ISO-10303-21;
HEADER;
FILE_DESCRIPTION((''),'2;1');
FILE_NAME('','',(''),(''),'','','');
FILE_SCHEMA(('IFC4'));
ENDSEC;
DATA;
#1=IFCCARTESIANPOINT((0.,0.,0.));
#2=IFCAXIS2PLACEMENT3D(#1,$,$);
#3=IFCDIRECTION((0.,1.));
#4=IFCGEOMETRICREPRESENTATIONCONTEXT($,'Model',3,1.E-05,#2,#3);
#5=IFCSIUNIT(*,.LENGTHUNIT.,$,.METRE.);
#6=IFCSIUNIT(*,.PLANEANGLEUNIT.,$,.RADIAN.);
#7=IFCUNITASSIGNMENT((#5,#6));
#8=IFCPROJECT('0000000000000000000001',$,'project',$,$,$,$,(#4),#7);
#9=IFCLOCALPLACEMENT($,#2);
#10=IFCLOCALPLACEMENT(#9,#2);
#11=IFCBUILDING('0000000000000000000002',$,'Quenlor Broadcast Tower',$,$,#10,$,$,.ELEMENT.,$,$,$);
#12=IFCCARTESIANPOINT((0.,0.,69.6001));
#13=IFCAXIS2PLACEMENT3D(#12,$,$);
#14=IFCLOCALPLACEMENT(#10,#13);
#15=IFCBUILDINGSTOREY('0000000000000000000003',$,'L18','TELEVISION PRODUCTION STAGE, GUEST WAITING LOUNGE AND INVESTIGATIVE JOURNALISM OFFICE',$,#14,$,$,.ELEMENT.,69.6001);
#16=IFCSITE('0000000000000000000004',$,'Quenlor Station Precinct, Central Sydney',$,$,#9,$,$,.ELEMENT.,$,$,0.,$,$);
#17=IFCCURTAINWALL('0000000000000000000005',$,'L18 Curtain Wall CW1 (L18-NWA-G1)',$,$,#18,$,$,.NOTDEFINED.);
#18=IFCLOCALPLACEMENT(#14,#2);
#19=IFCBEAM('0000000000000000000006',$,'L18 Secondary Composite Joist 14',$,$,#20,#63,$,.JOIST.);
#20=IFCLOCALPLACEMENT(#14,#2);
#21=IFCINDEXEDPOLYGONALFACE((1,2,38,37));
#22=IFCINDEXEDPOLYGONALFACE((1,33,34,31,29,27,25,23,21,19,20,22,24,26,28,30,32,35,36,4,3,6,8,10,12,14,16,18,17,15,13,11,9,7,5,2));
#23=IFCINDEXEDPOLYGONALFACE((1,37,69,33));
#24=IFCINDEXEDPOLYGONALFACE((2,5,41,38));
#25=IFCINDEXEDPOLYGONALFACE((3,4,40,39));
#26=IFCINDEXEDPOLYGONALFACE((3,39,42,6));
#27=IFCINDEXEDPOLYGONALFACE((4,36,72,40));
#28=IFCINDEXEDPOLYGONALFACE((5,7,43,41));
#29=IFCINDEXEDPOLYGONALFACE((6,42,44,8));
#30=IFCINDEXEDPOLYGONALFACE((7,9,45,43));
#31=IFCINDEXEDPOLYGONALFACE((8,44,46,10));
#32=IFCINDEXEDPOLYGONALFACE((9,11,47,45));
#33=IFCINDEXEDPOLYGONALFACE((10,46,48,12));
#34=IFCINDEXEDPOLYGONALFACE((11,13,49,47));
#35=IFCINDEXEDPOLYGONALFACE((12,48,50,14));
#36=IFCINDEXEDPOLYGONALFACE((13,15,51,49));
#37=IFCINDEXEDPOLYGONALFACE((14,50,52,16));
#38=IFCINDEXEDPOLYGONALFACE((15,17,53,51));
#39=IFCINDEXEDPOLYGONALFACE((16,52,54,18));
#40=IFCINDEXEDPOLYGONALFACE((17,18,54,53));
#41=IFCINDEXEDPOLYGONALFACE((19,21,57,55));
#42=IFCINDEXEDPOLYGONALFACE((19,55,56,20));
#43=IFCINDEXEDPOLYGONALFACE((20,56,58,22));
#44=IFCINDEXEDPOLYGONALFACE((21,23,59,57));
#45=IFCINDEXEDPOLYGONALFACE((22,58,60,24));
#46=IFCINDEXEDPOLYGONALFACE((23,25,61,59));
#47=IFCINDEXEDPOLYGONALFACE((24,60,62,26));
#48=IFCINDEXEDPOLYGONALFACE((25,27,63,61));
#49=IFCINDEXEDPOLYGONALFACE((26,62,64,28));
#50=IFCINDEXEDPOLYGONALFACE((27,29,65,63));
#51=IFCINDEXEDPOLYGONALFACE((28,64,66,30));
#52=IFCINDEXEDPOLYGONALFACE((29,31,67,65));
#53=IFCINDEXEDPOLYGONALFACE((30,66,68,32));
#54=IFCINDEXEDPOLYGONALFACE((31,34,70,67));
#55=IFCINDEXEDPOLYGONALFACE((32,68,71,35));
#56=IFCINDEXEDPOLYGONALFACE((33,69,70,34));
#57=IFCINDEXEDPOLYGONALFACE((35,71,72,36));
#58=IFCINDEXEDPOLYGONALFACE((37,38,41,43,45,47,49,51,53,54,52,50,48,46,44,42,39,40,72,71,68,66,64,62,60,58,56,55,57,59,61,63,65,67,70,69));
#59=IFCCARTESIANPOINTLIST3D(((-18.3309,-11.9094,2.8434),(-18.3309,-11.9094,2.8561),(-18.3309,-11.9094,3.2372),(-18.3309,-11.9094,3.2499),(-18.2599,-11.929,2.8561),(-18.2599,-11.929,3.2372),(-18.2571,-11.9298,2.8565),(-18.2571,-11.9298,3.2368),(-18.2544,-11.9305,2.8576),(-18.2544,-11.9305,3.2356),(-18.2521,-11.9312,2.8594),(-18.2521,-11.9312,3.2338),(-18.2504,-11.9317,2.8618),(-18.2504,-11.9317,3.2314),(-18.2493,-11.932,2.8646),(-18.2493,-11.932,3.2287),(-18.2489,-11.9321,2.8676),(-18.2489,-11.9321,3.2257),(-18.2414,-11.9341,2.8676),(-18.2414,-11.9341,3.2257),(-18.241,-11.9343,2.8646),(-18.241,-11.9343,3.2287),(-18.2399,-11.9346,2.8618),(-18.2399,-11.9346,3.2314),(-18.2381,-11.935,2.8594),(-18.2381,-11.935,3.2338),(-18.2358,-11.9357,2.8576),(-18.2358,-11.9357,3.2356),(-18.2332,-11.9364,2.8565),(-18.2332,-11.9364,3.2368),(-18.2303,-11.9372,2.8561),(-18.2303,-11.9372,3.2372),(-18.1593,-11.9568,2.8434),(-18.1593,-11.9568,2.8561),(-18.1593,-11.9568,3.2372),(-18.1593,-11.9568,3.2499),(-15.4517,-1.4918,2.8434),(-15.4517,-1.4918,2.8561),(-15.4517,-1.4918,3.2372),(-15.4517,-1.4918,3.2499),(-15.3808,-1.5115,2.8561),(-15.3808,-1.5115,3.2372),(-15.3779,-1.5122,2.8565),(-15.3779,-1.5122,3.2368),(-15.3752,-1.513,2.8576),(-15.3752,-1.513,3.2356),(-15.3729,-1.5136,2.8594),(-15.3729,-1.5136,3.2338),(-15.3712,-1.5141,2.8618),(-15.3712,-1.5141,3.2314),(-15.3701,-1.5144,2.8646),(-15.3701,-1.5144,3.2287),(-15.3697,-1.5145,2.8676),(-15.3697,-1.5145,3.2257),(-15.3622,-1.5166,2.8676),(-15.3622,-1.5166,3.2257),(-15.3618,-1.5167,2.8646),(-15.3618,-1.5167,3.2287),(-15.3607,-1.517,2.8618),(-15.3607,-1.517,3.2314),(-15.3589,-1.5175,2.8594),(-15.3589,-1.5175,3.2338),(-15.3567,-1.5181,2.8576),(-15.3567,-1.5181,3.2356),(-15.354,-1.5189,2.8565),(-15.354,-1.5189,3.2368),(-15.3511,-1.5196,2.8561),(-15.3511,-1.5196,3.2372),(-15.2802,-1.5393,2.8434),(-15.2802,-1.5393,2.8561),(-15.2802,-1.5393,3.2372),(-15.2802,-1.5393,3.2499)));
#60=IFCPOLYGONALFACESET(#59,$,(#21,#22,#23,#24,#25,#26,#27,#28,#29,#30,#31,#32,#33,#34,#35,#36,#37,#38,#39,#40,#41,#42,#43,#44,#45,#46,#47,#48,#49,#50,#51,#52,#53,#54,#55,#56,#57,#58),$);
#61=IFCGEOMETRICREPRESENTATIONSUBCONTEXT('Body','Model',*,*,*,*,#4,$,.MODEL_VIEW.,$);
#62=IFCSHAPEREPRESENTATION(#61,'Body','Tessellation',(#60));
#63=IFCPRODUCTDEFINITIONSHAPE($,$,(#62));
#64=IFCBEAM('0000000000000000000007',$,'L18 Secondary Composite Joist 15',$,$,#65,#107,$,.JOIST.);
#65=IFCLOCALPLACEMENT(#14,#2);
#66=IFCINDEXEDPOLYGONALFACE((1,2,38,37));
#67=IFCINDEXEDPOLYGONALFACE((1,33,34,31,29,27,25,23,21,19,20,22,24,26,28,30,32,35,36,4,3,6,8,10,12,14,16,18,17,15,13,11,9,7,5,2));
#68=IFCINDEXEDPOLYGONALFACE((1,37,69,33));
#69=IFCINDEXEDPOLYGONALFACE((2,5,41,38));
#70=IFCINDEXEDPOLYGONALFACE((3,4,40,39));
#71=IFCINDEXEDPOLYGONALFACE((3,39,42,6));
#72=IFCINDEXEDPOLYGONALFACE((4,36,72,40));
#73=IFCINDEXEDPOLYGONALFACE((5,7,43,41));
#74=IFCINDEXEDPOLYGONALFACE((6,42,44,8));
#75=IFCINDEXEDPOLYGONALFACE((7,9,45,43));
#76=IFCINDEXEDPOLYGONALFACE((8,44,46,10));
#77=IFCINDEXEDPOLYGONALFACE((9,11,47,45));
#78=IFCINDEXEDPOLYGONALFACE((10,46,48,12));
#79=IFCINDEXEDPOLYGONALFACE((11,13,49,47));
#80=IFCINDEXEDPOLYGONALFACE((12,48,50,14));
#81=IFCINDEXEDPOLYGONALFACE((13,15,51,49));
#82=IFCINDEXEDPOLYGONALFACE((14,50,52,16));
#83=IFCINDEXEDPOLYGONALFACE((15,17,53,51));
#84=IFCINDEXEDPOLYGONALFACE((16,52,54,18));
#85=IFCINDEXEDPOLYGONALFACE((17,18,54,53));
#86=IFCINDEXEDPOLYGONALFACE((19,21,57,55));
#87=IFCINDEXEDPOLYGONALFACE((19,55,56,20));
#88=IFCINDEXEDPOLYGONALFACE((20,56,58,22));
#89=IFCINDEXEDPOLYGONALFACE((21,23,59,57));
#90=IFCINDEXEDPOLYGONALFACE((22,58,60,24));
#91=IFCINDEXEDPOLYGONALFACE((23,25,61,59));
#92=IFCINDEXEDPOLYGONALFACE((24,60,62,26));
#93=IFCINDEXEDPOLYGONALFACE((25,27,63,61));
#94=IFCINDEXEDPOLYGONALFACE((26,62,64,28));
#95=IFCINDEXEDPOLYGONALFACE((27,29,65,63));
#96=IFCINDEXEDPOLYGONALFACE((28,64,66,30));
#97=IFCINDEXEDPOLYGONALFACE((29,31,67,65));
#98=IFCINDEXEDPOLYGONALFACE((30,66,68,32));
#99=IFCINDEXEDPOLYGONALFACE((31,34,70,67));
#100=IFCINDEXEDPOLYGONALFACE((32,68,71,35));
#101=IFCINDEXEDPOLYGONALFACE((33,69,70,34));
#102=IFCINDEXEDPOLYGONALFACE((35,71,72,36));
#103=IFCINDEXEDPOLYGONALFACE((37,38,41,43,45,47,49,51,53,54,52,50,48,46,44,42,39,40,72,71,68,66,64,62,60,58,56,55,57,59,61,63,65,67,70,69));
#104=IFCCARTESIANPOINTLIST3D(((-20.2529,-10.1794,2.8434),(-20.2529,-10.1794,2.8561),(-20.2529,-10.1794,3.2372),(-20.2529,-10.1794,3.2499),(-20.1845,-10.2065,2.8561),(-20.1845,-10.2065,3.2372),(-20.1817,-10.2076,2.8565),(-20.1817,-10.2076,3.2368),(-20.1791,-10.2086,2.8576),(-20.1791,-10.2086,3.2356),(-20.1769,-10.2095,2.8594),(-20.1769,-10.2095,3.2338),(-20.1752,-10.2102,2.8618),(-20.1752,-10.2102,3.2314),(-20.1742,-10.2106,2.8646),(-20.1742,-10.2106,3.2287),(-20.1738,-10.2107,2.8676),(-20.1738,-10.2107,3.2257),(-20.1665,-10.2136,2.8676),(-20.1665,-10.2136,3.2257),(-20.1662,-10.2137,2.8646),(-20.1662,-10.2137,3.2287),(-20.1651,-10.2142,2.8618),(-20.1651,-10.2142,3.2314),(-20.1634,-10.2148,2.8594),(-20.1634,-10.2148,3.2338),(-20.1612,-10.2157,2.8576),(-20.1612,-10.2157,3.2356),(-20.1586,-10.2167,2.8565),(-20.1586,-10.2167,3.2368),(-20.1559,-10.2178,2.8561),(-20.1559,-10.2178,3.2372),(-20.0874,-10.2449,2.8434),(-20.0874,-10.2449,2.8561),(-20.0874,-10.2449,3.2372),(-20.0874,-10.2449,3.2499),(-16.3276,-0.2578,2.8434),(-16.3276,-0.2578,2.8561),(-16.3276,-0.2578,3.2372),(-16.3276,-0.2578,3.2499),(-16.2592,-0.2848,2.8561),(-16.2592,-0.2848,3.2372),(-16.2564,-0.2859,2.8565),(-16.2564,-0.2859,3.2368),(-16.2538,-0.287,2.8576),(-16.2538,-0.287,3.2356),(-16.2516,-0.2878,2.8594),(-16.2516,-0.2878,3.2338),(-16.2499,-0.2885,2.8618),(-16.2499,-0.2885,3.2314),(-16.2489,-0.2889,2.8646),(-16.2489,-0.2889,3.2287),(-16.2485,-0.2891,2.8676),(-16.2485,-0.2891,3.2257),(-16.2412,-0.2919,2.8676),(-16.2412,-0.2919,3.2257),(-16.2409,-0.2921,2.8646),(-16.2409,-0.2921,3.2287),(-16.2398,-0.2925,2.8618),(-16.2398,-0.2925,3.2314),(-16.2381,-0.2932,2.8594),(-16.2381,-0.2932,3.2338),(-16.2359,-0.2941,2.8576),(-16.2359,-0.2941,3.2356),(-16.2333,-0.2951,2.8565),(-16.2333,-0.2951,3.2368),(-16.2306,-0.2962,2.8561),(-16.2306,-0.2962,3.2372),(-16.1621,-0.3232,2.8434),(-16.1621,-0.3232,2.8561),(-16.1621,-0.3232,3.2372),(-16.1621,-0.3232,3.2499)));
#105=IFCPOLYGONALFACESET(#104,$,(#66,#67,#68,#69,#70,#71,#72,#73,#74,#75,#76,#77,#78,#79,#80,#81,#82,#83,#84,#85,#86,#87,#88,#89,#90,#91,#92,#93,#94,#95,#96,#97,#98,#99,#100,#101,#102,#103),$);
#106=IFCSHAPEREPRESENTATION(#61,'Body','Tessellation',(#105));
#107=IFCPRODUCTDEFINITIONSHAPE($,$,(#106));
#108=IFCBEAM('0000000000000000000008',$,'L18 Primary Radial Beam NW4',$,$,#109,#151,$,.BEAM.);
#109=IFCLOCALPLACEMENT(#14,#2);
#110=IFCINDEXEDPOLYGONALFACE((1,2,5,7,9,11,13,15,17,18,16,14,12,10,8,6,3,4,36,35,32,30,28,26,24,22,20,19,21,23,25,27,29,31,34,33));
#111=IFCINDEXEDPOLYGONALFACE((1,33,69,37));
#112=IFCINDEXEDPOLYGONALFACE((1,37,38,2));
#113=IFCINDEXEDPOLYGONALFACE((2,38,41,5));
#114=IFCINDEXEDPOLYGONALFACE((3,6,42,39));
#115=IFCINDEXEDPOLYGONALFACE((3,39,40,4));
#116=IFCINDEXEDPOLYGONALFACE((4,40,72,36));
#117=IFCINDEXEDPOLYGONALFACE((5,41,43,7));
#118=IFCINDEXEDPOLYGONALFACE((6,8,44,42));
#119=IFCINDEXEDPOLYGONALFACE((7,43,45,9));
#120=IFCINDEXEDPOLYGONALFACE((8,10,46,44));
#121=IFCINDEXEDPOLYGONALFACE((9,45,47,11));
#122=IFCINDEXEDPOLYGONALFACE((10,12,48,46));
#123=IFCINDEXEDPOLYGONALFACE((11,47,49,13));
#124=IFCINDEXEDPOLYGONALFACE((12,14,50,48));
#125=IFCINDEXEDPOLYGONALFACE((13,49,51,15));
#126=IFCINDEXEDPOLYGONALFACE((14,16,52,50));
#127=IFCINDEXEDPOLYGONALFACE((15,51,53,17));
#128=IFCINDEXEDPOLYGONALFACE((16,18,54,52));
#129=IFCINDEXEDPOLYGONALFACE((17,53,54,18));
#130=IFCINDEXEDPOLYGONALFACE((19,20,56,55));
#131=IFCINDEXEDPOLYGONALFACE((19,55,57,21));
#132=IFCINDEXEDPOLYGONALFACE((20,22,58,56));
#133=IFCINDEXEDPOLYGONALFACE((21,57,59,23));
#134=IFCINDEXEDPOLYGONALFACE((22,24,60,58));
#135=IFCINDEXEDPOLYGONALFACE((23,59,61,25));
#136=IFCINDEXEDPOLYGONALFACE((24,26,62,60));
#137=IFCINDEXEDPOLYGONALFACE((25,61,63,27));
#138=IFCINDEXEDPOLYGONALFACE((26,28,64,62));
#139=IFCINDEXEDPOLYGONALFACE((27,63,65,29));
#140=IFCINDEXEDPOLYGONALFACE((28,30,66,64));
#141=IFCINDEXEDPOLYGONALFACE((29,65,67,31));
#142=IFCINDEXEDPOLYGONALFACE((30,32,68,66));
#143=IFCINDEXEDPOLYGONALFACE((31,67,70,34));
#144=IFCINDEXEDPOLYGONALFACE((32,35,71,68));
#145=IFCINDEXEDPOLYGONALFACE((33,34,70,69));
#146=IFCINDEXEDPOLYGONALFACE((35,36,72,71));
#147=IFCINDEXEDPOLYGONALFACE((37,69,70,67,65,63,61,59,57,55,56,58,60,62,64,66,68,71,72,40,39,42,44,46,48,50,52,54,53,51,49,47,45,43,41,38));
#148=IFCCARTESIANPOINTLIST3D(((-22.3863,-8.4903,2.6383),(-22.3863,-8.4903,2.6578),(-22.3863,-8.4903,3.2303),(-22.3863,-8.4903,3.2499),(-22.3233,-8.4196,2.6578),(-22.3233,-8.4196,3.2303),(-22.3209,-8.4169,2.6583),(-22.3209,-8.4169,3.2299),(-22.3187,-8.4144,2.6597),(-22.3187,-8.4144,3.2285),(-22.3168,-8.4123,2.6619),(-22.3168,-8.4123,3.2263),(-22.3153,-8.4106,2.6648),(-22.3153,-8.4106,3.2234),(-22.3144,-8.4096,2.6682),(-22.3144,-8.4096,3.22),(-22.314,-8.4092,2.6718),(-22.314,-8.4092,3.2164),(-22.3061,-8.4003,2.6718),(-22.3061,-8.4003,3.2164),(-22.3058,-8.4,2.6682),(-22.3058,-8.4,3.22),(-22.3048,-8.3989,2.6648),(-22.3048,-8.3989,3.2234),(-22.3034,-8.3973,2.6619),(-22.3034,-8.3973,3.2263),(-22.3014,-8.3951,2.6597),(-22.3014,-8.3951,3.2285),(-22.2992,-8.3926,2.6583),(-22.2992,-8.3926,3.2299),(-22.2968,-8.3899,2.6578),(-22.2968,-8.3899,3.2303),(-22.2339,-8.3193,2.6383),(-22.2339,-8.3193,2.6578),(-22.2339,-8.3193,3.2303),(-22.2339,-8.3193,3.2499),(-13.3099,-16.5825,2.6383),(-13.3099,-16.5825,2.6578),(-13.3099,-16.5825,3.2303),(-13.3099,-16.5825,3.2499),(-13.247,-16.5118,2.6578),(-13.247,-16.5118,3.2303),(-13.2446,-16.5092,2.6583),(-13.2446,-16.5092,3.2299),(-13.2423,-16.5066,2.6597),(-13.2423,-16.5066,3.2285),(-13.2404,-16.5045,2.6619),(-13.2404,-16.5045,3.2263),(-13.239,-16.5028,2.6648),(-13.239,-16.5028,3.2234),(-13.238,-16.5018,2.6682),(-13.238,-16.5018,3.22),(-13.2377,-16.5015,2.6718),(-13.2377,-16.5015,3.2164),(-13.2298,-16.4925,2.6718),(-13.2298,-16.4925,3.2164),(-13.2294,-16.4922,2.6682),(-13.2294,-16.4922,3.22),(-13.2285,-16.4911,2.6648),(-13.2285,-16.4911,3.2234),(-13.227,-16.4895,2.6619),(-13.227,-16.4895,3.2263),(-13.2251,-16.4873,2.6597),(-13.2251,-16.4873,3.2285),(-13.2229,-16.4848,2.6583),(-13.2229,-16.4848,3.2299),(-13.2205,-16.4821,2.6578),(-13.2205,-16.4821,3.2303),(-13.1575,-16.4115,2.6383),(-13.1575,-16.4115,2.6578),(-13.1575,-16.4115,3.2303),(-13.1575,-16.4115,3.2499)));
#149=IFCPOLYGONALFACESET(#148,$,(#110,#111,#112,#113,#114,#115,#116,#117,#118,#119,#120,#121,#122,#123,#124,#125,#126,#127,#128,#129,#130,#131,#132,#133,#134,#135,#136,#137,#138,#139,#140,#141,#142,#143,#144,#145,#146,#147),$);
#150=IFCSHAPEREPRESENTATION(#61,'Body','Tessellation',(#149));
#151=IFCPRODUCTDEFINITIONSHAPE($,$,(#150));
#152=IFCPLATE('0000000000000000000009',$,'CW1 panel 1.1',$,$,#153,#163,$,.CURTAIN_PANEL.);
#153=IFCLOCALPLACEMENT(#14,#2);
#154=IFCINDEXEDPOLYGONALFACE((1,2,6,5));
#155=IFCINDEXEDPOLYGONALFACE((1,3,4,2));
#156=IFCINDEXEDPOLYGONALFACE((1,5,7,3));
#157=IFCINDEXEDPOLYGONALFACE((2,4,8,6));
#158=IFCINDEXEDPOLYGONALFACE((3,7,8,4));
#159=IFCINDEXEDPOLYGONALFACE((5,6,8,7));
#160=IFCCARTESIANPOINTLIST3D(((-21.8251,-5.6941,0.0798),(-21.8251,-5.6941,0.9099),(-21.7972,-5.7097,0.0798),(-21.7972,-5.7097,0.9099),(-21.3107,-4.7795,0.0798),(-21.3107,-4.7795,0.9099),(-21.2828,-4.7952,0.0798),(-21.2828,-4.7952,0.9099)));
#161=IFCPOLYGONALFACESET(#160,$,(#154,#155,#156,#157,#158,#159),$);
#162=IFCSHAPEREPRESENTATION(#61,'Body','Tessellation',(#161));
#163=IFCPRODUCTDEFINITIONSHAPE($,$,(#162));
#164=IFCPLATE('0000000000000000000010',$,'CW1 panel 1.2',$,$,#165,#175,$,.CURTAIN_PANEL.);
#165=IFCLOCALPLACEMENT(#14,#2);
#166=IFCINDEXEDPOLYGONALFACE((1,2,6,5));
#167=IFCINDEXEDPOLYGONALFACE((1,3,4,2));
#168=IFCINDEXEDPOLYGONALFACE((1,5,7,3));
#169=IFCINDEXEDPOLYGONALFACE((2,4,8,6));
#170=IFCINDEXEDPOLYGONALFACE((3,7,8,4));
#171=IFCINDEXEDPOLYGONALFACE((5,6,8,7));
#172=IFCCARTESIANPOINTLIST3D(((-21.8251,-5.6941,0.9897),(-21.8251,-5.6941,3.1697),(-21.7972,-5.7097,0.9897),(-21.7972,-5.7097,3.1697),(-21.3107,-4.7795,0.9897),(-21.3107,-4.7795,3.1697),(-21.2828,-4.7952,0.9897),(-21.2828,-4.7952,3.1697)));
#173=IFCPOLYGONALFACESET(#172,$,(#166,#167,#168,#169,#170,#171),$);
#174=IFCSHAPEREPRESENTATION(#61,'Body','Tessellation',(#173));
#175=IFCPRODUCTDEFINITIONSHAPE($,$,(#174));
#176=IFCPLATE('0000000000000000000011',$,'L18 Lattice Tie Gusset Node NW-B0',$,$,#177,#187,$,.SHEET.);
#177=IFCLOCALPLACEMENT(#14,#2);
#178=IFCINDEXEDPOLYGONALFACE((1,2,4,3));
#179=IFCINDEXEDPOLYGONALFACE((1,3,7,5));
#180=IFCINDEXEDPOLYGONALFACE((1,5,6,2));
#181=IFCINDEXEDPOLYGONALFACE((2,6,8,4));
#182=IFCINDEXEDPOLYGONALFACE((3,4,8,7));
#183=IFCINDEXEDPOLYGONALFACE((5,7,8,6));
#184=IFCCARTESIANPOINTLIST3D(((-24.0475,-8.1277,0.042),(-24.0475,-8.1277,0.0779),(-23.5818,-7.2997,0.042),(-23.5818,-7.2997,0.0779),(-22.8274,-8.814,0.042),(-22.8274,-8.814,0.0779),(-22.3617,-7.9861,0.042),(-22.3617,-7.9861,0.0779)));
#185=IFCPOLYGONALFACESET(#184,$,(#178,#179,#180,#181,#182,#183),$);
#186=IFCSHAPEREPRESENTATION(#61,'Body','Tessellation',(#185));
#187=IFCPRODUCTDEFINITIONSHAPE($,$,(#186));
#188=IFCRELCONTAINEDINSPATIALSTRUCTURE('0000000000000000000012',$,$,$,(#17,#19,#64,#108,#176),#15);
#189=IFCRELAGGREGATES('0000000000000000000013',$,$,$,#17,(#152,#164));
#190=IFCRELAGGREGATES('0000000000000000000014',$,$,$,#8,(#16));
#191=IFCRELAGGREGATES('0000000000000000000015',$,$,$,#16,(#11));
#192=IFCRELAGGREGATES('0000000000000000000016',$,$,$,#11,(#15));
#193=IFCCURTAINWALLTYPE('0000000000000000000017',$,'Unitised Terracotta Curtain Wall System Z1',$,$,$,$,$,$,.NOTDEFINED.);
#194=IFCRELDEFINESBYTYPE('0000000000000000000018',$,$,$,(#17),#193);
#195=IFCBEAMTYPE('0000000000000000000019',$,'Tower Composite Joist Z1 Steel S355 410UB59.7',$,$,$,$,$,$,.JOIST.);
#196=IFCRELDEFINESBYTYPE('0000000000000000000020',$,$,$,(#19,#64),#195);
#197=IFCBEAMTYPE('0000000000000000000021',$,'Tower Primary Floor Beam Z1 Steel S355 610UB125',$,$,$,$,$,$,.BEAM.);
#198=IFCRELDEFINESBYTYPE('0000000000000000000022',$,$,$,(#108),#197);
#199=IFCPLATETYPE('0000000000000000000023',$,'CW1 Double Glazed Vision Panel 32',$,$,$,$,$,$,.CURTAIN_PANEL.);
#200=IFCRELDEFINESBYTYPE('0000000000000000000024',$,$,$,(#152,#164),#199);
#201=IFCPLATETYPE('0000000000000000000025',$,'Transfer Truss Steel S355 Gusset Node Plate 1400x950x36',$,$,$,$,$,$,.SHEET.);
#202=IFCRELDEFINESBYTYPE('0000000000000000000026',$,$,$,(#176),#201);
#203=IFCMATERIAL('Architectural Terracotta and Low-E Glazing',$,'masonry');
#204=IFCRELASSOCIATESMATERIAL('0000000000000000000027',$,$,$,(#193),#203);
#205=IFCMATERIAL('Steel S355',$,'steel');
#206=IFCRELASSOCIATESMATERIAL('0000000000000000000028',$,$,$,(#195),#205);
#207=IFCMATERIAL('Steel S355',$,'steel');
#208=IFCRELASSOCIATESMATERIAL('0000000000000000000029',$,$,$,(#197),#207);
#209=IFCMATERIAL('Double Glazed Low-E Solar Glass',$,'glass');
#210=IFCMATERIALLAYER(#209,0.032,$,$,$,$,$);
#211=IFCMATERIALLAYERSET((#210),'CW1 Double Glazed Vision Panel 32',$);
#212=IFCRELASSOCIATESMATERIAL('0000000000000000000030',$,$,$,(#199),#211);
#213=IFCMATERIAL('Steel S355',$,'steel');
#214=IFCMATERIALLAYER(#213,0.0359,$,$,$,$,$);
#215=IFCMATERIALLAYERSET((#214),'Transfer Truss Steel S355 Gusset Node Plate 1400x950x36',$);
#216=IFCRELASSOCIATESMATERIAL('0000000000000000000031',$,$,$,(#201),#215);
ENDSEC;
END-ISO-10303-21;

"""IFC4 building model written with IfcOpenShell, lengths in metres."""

from ifc_helpers import new_model, si_unit, direction, frame, origin, origin_2d, place, context, subcontext, project, spatial, rectangle, i_section, extrude, material, layer, layer_set, material_profile, profile_set, type_object, element, aggregate, save


model = new_model("IFC4")

# Units and contexts
model_context = context("Model", 3, precision=1e-05, world=origin(), true_north=direction((0.0, 1.0)))
body_context = subcontext(model_context, "Body", "Model", "MODEL_VIEW")
ifc_project = project(units=[si_unit("LENGTHUNIT", "METRE"), si_unit("PLANEANGLEUNIT", "RADIAN")], contexts=[model_context])

# Site, building, storey
site_placement = place(None, origin())
site = spatial("IfcSite", under=ifc_project, at=site_placement, Name="Quenlor Station Precinct, Central Sydney", CompositionType="ELEMENT", RefElevation=0.0)
building_placement = place(site_placement, origin())
building = spatial("IfcBuilding", under=site, at=building_placement, Name="Quenlor Broadcast Tower", CompositionType="ELEMENT")
storey_placement = place(building_placement, frame((0.0, 0.0, 69.6001)))
storey = spatial("IfcBuildingStorey", under=building, at=storey_placement, Name="L18", Description="TELEVISION PRODUCTION STAGE, GUEST WAITING LOUNGE AND INVESTIGATIVE JOURNALISM OFFICE", CompositionType="ELEMENT", Elevation=69.6001)

# Curtain wall
ifc_material_1 = material(Name="Architectural Terracotta and Low-E Glazing", Category="masonry")
curtain_wall_type = type_object("IfcCurtainWallType", Name="Unitised Terracotta Curtain Wall System Z1", PredefinedType="NOTDEFINED", material=ifc_material_1)
curtain_wall_placement = place(storey_placement, origin())
curtain_wall = element("IfcCurtainWall", 1, at=curtain_wall_placement, inside=storey, type_object=curtain_wall_type, Name="L18 Curtain Wall CW1 (L18-NWA-G1)", PredefinedType="NOTDEFINED")

# Beams
ifc_material_2 = material(Name="Steel S355", Category="steel")
ifc_material_profile_1 = material_profile(ifc_material_2, i_section(OverallWidth=0.178, OverallDepth=0.4065, WebThickness=0.0078, FlangeThickness=0.0127, FilletRadius=0.0115, at=origin_2d()))
ifc_profile_set_1 = profile_set([ifc_material_profile_1], Name="Steel S355 410UB59.7")
beam_type_1 = type_object("IfcBeamType", Name="Tower Composite Joist Z1 Steel S355 410UB59.7", PredefinedType="JOIST", material=ifc_profile_set_1)
beam_1_placement = place(storey_placement, frame((-18.2451, -11.9331, 3.0466), z_axis=(0.26639, 0.963865, 0.0), x_axis=(-0.963865, 0.26639, 0.0)))
element("IfcBeam", 2, at=beam_1_placement, inside=storey, type_object=beam_type_1, Name="L18 Secondary Composite Joist 14", PredefinedType="JOIST", context=body_context, shape_type="SweptSolid", body=[
    extrude(i_section(OverallWidth=0.178, OverallDepth=0.4065, WebThickness=0.0078, FlangeThickness=0.0127, FilletRadius=0.0115, at=origin_2d()), origin(), (0.0, 0.0, 1.0), 10.8081),
])
beam_2_placement = place(storey_placement, frame((-20.1702, -10.2122, 3.0466), z_axis=(0.367885, 0.929871, 0.0), x_axis=(-0.929871, 0.367885, 0.0)))
element("IfcBeam", 3, at=beam_2_placement, inside=storey, type_object=beam_type_1, Name="L18 Secondary Composite Joist 15", PredefinedType="JOIST", context=body_context, shape_type="SweptSolid", body=[
    extrude(i_section(OverallWidth=0.178, OverallDepth=0.4065, WebThickness=0.0078, FlangeThickness=0.0127, FilletRadius=0.0115, at=origin_2d()), origin(), (0.0, 0.0, 1.0), 10.6699),
])
ifc_material_3 = material(Name="Steel S355", Category="steel")
ifc_material_profile_2 = material_profile(ifc_material_3, i_section(OverallWidth=0.229, OverallDepth=0.6116, WebThickness=0.012, FlangeThickness=0.0195, FilletRadius=0.0139, at=origin_2d()))
ifc_profile_set_2 = profile_set([ifc_material_profile_2], Name="Steel S355 610UB125")
beam_type_2 = type_object("IfcBeamType", Name="Tower Primary Floor Beam Z1 Steel S355 610UB125", PredefinedType="BEAM", material=ifc_profile_set_2)
beam_3_placement = place(storey_placement, frame((-22.3101, -8.4048, 2.9441), z_axis=(0.746414, -0.665482, 0.0), x_axis=(0.665482, 0.746414, 0.0)))
element("IfcBeam", 4, at=beam_3_placement, inside=storey, type_object=beam_type_2, Name="L18 Primary Radial Beam NW4", PredefinedType="BEAM", context=body_context, shape_type="SweptSolid", body=[
    extrude(i_section(OverallWidth=0.229, OverallDepth=0.6116, WebThickness=0.012, FlangeThickness=0.0195, FilletRadius=0.0139, at=origin_2d()), origin(), (0.0, 0.0, 1.0), 12.1599),
])

# Plates
ifc_material_4 = material(Name="Double Glazed Low-E Solar Glass", Category="glass")
ifc_layer_1 = layer(ifc_material_4, 0.032)
ifc_layer_set_1 = layer_set([ifc_layer_1], Name="CW1 Double Glazed Vision Panel 32")
plate_type_1 = type_object("IfcPlateType", Name="CW1 Double Glazed Vision Panel 32", PredefinedType="CURTAIN_PANEL", material=ifc_layer_set_1)
plate_1_placement = place(storey_placement, frame((-21.554, -5.2446, 0.0798), z_axis=(0.0, 0.0, 1.0), x_axis=(0.490277, 0.871567, 0.0)))
plate_1 = element("IfcPlate", 5, at=plate_1_placement, type_object=plate_type_1, Name="CW1 panel 1.1", PredefinedType="CURTAIN_PANEL", context=body_context, shape_type="SweptSolid", body=[
    extrude(rectangle(XDim=1.0493, YDim=0.032, at=origin_2d()), origin(), (0.0, 0.0, 1.0), 0.8301),
])
plate_2_placement = place(storey_placement, frame((-21.554, -5.2446, 0.9897), z_axis=(0.0, 0.0, 1.0), x_axis=(0.490277, 0.871567, 0.0)))
plate_2 = element("IfcPlate", 6, at=plate_2_placement, type_object=plate_type_1, Name="CW1 panel 1.2", PredefinedType="CURTAIN_PANEL", context=body_context, shape_type="SweptSolid", body=[
    extrude(rectangle(XDim=1.0493, YDim=0.032, at=origin_2d()), origin(), (0.0, 0.0, 1.0), 2.1799),
])
aggregate(curtain_wall, [plate_1, plate_2])

# Plate
ifc_material_5 = material(Name="Steel S355", Category="steel")
ifc_layer_2 = layer(ifc_material_5, 0.0359)
ifc_layer_set_2 = layer_set([ifc_layer_2], Name="Transfer Truss Steel S355 Gusset Node Plate 1400x950x36")
plate_type_2 = type_object("IfcPlateType", Name="Transfer Truss Steel S355 Gusset Node Plate 1400x950x36", PredefinedType="SHEET", material=ifc_layer_set_2)
for number, where, z_axis, x_axis, name in (
    (7, (-23.2046, -8.0569, 0.042), (0.0, 0.0, 1.0), (-0.871556, 0.490295, 0.0), "L18 Lattice Tie Gusset Node NW-B0"),
):
    element("IfcPlate", number, at=place(storey_placement, frame(where, z_axis=z_axis, x_axis=x_axis)), inside=storey, type_object=plate_type_2, Name=name, PredefinedType="SHEET", context=body_context, shape_type="SweptSolid", body=[
        extrude(rectangle(XDim=1.3999, YDim=0.95, at=origin_2d()), origin(), (0.0, 0.0, 1.0), 0.0359),
    ])

save(model, "model.ifc")
